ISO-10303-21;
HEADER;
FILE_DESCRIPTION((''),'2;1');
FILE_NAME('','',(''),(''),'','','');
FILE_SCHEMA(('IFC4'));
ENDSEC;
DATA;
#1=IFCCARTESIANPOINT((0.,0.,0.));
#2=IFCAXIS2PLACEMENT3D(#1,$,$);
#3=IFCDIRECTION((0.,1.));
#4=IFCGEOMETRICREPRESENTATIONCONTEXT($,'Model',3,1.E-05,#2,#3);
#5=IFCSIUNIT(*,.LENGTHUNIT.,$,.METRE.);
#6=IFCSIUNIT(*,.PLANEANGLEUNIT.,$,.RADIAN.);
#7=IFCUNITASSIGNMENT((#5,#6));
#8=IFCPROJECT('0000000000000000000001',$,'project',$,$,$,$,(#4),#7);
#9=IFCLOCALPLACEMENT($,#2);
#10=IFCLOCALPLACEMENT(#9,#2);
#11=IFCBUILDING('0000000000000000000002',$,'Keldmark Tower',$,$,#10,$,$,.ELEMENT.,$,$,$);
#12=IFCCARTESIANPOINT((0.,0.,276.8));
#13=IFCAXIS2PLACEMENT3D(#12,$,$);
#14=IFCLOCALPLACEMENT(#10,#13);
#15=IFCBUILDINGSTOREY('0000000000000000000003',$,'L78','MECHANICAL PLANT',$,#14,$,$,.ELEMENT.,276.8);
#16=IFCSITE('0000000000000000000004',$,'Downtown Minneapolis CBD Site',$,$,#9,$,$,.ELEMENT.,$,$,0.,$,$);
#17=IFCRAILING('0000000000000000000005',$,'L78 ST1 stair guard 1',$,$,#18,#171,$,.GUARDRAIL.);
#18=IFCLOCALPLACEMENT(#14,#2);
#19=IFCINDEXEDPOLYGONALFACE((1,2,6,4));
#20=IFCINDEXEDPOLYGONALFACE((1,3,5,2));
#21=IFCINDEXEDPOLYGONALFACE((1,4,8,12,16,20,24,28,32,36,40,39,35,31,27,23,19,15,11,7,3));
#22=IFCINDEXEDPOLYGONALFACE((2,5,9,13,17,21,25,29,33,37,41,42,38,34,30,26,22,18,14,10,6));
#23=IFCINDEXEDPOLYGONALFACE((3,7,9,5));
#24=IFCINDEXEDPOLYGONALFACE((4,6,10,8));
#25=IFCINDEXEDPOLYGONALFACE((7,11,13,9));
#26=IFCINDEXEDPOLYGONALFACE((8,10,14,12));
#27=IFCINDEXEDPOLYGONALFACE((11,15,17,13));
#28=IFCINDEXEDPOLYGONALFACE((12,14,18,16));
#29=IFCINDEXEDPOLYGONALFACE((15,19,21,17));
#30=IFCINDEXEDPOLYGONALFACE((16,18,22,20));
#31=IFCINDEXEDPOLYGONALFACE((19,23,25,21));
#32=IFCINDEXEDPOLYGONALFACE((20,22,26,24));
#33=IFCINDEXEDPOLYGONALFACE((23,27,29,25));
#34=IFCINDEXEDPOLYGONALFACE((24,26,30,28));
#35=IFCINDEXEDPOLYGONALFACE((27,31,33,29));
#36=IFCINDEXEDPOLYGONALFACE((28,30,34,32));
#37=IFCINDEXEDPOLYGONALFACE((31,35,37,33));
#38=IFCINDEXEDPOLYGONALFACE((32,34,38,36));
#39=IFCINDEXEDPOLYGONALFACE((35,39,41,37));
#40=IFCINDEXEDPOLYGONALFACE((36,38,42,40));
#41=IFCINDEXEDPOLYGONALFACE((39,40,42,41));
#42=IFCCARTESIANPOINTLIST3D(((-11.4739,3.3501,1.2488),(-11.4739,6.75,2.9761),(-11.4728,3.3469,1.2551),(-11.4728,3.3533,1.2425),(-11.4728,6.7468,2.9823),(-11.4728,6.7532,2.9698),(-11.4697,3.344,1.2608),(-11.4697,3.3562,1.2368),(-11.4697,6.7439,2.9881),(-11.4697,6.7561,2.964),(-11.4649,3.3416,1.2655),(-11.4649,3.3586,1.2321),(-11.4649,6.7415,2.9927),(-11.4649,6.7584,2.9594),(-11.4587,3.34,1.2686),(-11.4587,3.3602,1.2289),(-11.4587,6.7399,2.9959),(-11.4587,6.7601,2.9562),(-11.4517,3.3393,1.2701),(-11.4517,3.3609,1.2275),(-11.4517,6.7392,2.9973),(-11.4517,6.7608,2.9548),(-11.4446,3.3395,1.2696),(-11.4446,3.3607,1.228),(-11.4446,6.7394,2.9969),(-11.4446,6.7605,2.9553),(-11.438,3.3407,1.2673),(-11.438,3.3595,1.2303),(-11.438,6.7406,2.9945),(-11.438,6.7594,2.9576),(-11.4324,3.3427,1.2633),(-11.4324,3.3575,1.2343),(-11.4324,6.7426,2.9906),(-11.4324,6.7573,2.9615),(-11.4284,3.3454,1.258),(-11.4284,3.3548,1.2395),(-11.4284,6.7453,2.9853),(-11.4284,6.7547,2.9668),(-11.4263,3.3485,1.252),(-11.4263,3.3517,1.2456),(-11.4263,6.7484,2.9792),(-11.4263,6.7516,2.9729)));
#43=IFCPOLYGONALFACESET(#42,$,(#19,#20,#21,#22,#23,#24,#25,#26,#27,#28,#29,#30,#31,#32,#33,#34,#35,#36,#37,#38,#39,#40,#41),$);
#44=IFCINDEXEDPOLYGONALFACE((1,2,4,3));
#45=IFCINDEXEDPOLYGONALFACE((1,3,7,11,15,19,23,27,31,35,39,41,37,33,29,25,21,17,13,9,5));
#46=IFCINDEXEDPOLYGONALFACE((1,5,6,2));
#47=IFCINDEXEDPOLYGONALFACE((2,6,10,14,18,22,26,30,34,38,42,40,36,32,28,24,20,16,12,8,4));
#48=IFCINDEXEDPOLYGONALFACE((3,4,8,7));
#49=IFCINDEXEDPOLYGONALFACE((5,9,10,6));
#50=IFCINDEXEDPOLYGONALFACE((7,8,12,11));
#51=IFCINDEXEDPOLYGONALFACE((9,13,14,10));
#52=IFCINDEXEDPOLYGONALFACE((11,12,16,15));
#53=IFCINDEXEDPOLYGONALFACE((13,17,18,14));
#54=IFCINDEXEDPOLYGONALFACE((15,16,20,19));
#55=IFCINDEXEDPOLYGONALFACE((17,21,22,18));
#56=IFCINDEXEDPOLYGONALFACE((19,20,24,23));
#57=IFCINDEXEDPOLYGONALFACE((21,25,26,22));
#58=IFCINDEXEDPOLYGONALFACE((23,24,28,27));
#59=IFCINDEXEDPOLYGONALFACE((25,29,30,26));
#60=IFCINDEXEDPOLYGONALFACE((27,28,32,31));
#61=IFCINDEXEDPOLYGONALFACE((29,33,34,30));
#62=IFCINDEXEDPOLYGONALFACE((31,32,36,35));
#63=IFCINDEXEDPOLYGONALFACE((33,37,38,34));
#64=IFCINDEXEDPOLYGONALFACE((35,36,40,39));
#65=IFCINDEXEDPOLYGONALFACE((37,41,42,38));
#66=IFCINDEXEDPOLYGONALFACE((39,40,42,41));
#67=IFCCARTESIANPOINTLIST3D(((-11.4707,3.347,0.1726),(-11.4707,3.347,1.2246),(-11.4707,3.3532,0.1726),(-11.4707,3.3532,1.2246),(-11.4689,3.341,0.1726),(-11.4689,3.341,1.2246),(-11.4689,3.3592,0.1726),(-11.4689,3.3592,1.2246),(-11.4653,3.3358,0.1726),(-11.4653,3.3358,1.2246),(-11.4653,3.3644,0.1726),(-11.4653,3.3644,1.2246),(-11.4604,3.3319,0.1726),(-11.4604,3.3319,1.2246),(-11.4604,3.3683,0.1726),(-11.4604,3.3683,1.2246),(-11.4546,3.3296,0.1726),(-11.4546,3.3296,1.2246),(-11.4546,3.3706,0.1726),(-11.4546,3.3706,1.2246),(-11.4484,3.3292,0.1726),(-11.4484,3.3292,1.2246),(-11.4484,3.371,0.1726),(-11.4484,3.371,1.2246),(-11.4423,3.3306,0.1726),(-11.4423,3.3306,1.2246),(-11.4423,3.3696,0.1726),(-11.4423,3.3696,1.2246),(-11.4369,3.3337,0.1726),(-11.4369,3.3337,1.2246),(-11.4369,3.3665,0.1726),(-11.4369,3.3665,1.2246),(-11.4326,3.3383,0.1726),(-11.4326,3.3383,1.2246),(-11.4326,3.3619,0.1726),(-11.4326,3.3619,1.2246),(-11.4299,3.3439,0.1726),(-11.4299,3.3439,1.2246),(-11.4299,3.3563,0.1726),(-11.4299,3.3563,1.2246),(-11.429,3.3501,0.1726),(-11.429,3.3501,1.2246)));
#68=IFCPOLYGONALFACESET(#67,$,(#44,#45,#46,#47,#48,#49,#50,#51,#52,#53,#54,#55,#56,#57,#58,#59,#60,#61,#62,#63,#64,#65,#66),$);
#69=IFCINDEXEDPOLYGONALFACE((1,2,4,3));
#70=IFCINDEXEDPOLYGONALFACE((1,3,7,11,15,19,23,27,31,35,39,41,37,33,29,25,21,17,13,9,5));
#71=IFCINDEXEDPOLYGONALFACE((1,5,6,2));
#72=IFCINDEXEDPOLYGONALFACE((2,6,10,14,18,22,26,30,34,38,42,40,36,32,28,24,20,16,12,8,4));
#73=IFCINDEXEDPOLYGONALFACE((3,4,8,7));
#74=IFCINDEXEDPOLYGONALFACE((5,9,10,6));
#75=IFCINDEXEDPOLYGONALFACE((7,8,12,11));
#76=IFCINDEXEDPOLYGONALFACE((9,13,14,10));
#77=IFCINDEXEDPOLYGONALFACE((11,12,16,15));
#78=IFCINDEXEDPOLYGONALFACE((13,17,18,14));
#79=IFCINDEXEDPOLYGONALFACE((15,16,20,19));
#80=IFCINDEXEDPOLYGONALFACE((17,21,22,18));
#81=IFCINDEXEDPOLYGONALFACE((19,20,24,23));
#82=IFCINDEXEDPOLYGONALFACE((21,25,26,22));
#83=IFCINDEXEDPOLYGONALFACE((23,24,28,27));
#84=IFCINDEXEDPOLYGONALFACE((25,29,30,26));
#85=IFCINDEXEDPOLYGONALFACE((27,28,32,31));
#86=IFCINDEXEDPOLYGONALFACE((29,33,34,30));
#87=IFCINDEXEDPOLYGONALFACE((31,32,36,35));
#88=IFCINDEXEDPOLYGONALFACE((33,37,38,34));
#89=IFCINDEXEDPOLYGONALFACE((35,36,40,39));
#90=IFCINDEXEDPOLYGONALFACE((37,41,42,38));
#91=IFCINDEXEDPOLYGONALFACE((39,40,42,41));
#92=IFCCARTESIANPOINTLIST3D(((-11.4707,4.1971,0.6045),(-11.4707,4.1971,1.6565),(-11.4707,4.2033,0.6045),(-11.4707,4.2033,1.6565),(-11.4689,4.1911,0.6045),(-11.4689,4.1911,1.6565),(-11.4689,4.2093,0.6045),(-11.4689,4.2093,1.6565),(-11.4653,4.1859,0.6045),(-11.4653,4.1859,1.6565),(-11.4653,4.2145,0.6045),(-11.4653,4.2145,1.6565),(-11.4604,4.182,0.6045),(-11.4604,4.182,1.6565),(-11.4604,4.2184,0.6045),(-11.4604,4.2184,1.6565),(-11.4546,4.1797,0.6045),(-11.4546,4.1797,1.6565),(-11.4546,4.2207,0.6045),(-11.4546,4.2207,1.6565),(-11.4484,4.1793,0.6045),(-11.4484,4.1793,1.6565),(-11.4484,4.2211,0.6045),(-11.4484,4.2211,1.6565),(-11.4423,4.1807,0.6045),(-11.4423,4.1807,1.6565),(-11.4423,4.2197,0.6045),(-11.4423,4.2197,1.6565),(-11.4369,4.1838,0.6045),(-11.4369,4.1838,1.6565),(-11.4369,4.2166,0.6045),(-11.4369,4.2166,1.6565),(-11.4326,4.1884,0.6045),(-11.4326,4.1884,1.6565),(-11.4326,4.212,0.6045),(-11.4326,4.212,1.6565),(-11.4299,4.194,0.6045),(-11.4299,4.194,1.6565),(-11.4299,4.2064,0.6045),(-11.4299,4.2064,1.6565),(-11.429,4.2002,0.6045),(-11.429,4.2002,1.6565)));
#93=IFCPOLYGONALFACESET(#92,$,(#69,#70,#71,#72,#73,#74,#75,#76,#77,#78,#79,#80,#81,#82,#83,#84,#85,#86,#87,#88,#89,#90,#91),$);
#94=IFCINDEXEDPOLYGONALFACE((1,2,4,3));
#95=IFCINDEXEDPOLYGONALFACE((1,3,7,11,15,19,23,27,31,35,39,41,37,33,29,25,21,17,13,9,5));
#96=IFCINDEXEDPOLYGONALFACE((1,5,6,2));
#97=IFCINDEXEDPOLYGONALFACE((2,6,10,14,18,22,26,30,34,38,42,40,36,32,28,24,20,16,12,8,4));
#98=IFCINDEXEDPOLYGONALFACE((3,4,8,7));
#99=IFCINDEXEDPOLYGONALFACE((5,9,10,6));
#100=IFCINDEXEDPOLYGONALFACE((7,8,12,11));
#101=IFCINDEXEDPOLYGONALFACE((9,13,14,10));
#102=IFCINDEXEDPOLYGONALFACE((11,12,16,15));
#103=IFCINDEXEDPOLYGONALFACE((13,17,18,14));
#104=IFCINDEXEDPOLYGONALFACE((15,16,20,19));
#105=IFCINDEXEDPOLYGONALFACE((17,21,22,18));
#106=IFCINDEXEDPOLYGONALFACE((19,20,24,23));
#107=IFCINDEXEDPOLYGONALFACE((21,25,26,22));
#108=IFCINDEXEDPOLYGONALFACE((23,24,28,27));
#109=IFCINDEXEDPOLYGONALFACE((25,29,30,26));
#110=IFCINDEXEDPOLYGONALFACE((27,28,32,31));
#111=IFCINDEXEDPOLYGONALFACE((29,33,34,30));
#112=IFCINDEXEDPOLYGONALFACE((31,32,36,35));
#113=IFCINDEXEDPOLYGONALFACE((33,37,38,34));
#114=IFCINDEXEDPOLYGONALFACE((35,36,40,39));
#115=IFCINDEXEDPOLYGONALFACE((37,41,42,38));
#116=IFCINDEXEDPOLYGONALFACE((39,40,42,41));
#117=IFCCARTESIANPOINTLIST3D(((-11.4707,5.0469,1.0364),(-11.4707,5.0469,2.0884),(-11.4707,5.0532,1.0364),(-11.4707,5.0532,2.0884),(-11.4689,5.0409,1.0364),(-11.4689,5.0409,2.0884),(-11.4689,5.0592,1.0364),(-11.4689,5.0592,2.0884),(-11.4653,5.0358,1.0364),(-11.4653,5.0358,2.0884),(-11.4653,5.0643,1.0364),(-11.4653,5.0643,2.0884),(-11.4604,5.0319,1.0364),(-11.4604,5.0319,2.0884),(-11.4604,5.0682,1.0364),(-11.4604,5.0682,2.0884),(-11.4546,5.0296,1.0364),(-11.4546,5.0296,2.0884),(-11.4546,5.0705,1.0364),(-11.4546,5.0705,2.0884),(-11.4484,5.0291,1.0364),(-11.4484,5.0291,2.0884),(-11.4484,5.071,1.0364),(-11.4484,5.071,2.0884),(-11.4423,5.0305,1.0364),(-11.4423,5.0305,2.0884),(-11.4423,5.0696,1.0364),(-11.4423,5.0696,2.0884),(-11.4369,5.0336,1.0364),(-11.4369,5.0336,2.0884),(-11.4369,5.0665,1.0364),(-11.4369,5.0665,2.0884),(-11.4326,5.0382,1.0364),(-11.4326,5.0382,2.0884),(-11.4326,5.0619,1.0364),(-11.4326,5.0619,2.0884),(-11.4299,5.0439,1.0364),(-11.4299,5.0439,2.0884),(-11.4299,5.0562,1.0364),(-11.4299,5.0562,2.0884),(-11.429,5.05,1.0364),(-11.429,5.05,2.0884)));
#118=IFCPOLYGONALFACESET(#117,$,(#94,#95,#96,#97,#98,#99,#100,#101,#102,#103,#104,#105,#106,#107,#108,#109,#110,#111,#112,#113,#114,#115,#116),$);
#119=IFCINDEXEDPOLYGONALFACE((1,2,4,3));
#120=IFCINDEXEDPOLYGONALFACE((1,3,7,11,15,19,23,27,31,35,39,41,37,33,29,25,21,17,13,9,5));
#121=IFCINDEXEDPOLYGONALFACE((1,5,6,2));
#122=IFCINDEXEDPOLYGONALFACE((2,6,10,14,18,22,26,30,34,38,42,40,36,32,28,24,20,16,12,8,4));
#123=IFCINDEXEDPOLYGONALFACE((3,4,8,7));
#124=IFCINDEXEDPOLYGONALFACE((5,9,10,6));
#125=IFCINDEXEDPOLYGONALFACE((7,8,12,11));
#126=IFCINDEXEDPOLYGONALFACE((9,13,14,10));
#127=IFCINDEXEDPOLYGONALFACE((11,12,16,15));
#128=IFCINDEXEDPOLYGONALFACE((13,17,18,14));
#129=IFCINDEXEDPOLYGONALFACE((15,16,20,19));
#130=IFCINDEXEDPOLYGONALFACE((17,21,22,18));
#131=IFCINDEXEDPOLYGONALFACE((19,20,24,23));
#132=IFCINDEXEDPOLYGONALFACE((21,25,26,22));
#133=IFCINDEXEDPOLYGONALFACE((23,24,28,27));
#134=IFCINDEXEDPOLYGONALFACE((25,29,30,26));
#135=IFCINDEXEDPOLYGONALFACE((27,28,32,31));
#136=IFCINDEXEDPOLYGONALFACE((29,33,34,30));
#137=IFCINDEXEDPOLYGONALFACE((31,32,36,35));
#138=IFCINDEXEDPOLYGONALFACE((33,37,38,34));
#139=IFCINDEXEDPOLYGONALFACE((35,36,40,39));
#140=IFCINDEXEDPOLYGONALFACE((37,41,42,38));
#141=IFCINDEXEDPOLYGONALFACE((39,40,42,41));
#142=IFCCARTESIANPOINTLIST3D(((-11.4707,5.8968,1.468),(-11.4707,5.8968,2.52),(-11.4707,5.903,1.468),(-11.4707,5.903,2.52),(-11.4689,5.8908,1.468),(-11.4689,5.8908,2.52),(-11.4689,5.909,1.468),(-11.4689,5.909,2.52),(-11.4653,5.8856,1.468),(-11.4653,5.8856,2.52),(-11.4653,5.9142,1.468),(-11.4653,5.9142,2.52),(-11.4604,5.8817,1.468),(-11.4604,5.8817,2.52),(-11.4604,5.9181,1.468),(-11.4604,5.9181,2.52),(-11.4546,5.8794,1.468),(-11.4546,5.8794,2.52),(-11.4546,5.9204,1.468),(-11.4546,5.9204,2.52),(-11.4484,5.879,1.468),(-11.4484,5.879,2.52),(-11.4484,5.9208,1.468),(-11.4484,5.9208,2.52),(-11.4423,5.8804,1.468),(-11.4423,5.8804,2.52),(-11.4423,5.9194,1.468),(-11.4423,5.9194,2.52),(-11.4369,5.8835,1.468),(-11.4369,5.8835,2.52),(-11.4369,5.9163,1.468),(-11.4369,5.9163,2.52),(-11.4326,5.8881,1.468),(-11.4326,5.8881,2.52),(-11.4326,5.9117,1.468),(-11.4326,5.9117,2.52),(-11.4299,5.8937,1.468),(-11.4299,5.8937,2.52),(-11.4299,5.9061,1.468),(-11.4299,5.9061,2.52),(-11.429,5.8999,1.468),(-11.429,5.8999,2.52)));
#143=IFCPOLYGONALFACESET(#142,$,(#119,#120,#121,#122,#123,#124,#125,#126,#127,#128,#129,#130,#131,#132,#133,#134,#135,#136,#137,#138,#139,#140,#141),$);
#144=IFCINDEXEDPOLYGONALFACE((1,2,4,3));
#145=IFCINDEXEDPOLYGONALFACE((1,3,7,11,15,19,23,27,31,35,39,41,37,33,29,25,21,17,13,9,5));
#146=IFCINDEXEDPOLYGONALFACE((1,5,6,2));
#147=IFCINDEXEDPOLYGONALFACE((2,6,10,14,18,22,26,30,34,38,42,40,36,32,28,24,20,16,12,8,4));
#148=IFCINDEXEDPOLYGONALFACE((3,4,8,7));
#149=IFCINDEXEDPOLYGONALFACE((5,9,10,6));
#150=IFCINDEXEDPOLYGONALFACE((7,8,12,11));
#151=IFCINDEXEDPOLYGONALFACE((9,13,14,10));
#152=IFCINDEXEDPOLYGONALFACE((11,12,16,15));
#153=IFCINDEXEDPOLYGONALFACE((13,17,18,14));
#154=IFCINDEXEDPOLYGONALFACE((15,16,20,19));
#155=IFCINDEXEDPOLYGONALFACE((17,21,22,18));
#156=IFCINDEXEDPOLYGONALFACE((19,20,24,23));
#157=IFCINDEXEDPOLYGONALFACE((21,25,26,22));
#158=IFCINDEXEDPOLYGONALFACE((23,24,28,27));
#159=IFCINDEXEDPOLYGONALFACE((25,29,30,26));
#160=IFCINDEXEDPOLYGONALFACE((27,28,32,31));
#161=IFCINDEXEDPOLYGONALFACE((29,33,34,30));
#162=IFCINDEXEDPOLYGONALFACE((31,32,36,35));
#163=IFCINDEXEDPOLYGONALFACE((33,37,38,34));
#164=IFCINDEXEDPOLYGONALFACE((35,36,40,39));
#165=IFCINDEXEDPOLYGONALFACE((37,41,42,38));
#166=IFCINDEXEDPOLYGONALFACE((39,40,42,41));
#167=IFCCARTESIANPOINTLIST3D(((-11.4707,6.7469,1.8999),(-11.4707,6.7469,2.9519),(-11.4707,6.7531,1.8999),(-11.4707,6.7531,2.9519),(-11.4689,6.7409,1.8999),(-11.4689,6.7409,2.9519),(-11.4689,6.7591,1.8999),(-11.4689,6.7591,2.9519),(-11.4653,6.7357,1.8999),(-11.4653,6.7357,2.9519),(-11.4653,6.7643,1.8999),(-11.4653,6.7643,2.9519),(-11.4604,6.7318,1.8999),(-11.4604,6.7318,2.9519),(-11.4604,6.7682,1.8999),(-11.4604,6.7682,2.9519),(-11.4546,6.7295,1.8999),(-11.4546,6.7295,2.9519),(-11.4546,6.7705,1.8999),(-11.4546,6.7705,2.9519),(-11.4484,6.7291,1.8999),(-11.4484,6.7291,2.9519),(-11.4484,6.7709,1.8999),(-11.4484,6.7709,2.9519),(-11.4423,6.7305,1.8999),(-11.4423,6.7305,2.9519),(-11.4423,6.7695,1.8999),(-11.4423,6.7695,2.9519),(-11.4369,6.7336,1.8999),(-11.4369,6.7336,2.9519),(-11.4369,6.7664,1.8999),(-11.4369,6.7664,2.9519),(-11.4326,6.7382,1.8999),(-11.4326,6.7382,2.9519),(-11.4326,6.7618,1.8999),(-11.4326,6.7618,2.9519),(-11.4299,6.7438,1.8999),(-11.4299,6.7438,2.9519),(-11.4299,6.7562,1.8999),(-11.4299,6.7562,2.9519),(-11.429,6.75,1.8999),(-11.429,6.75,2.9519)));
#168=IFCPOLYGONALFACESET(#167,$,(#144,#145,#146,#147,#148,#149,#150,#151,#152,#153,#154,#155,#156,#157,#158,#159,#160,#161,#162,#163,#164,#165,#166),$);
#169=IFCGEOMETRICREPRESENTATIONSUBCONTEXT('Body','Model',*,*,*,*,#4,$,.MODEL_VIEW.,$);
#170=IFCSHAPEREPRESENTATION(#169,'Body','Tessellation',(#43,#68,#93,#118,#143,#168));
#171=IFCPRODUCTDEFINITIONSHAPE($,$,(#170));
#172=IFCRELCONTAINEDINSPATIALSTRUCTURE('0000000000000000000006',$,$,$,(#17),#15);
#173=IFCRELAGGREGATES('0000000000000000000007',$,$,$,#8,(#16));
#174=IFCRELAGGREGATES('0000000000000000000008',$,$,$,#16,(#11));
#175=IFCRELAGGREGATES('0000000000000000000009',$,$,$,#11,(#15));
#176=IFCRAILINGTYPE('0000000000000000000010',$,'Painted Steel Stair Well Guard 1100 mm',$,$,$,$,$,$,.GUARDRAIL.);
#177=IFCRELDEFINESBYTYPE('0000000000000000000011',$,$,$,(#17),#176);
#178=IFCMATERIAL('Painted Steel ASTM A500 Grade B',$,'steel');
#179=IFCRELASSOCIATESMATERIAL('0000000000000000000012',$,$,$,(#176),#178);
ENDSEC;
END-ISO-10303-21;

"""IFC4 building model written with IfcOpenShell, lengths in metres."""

from ifc_helpers import new_model, si_unit, direction, frame, origin, origin_2d, place, context, subcontext, project, spatial, circle, extrude, material, type_object, element, save


model = new_model("IFC4")

# Units and contexts
model_context = context("Model", 3, precision=1e-05, world=origin(), true_north=direction((0.0, 1.0)))
body_context = subcontext(model_context, "Body", "Model", "MODEL_VIEW")
ifc_project = project(units=[si_unit("LENGTHUNIT", "METRE"), si_unit("PLANEANGLEUNIT", "RADIAN")], contexts=[model_context])

# Site, building, storey
site_placement = place(None, origin())
site = spatial("IfcSite", under=ifc_project, at=site_placement, Name="Downtown Minneapolis CBD Site", CompositionType="ELEMENT", RefElevation=0.0)
building_placement = place(site_placement, origin())
building = spatial("IfcBuilding", under=site, at=building_placement, Name="Keldmark Tower", CompositionType="ELEMENT")
storey_placement = place(building_placement, frame((0.0, 0.0, 276.8)))
storey = spatial("IfcBuildingStorey", under=building, at=storey_placement, Name="L78", Description="MECHANICAL PLANT", CompositionType="ELEMENT", Elevation=276.8)

# Railing
ifc_material_1 = material(Name="Painted Steel ASTM A500 Grade B", Category="steel")
railing_type = type_object("IfcRailingType", Name="Painted Steel Stair Well Guard 1100 mm", PredefinedType="GUARDRAIL", material=ifc_material_1)
railing_1_placement = place(storey_placement, frame((-11.45, 3.3501, 0.1726)))
element("IfcRailing", 1, at=railing_1_placement, inside=storey, type_object=railing_type, Name="L78 ST1 stair guard 1", PredefinedType="GUARDRAIL", context=body_context, shape_type="SweptSolid", body=[
    extrude(circle(Radius=0.0239, at=origin_2d()), frame((0.0, 0.0, 1.0762), z_axis=(0.0, 0.891541, 0.452941), x_axis=(-1.0, 0.0, 0.0)), (0.0, 0.0, 1.0), 3.8135),
    extrude(circle(Radius=0.021, at=origin_2d()), origin(), (0.0, 0.0, 1.0), 1.052),
    extrude(circle(Radius=0.021, at=origin_2d()), frame((0.0, 0.8501, 0.4319)), (0.0, 0.0, 1.0), 1.052),
    extrude(circle(Radius=0.021, at=origin_2d()), frame((0.0, 1.7, 0.8638)), (0.0, 0.0, 1.0), 1.052),
    extrude(circle(Radius=0.021, at=origin_2d()), frame((0.0, 2.5498, 1.2954)), (0.0, 0.0, 1.0), 1.052),
    extrude(circle(Radius=0.021, at=origin_2d()), frame((0.0, 3.3999, 1.7273)), (0.0, 0.0, 1.0), 1.052),
])

save(model, "model.ifc")
